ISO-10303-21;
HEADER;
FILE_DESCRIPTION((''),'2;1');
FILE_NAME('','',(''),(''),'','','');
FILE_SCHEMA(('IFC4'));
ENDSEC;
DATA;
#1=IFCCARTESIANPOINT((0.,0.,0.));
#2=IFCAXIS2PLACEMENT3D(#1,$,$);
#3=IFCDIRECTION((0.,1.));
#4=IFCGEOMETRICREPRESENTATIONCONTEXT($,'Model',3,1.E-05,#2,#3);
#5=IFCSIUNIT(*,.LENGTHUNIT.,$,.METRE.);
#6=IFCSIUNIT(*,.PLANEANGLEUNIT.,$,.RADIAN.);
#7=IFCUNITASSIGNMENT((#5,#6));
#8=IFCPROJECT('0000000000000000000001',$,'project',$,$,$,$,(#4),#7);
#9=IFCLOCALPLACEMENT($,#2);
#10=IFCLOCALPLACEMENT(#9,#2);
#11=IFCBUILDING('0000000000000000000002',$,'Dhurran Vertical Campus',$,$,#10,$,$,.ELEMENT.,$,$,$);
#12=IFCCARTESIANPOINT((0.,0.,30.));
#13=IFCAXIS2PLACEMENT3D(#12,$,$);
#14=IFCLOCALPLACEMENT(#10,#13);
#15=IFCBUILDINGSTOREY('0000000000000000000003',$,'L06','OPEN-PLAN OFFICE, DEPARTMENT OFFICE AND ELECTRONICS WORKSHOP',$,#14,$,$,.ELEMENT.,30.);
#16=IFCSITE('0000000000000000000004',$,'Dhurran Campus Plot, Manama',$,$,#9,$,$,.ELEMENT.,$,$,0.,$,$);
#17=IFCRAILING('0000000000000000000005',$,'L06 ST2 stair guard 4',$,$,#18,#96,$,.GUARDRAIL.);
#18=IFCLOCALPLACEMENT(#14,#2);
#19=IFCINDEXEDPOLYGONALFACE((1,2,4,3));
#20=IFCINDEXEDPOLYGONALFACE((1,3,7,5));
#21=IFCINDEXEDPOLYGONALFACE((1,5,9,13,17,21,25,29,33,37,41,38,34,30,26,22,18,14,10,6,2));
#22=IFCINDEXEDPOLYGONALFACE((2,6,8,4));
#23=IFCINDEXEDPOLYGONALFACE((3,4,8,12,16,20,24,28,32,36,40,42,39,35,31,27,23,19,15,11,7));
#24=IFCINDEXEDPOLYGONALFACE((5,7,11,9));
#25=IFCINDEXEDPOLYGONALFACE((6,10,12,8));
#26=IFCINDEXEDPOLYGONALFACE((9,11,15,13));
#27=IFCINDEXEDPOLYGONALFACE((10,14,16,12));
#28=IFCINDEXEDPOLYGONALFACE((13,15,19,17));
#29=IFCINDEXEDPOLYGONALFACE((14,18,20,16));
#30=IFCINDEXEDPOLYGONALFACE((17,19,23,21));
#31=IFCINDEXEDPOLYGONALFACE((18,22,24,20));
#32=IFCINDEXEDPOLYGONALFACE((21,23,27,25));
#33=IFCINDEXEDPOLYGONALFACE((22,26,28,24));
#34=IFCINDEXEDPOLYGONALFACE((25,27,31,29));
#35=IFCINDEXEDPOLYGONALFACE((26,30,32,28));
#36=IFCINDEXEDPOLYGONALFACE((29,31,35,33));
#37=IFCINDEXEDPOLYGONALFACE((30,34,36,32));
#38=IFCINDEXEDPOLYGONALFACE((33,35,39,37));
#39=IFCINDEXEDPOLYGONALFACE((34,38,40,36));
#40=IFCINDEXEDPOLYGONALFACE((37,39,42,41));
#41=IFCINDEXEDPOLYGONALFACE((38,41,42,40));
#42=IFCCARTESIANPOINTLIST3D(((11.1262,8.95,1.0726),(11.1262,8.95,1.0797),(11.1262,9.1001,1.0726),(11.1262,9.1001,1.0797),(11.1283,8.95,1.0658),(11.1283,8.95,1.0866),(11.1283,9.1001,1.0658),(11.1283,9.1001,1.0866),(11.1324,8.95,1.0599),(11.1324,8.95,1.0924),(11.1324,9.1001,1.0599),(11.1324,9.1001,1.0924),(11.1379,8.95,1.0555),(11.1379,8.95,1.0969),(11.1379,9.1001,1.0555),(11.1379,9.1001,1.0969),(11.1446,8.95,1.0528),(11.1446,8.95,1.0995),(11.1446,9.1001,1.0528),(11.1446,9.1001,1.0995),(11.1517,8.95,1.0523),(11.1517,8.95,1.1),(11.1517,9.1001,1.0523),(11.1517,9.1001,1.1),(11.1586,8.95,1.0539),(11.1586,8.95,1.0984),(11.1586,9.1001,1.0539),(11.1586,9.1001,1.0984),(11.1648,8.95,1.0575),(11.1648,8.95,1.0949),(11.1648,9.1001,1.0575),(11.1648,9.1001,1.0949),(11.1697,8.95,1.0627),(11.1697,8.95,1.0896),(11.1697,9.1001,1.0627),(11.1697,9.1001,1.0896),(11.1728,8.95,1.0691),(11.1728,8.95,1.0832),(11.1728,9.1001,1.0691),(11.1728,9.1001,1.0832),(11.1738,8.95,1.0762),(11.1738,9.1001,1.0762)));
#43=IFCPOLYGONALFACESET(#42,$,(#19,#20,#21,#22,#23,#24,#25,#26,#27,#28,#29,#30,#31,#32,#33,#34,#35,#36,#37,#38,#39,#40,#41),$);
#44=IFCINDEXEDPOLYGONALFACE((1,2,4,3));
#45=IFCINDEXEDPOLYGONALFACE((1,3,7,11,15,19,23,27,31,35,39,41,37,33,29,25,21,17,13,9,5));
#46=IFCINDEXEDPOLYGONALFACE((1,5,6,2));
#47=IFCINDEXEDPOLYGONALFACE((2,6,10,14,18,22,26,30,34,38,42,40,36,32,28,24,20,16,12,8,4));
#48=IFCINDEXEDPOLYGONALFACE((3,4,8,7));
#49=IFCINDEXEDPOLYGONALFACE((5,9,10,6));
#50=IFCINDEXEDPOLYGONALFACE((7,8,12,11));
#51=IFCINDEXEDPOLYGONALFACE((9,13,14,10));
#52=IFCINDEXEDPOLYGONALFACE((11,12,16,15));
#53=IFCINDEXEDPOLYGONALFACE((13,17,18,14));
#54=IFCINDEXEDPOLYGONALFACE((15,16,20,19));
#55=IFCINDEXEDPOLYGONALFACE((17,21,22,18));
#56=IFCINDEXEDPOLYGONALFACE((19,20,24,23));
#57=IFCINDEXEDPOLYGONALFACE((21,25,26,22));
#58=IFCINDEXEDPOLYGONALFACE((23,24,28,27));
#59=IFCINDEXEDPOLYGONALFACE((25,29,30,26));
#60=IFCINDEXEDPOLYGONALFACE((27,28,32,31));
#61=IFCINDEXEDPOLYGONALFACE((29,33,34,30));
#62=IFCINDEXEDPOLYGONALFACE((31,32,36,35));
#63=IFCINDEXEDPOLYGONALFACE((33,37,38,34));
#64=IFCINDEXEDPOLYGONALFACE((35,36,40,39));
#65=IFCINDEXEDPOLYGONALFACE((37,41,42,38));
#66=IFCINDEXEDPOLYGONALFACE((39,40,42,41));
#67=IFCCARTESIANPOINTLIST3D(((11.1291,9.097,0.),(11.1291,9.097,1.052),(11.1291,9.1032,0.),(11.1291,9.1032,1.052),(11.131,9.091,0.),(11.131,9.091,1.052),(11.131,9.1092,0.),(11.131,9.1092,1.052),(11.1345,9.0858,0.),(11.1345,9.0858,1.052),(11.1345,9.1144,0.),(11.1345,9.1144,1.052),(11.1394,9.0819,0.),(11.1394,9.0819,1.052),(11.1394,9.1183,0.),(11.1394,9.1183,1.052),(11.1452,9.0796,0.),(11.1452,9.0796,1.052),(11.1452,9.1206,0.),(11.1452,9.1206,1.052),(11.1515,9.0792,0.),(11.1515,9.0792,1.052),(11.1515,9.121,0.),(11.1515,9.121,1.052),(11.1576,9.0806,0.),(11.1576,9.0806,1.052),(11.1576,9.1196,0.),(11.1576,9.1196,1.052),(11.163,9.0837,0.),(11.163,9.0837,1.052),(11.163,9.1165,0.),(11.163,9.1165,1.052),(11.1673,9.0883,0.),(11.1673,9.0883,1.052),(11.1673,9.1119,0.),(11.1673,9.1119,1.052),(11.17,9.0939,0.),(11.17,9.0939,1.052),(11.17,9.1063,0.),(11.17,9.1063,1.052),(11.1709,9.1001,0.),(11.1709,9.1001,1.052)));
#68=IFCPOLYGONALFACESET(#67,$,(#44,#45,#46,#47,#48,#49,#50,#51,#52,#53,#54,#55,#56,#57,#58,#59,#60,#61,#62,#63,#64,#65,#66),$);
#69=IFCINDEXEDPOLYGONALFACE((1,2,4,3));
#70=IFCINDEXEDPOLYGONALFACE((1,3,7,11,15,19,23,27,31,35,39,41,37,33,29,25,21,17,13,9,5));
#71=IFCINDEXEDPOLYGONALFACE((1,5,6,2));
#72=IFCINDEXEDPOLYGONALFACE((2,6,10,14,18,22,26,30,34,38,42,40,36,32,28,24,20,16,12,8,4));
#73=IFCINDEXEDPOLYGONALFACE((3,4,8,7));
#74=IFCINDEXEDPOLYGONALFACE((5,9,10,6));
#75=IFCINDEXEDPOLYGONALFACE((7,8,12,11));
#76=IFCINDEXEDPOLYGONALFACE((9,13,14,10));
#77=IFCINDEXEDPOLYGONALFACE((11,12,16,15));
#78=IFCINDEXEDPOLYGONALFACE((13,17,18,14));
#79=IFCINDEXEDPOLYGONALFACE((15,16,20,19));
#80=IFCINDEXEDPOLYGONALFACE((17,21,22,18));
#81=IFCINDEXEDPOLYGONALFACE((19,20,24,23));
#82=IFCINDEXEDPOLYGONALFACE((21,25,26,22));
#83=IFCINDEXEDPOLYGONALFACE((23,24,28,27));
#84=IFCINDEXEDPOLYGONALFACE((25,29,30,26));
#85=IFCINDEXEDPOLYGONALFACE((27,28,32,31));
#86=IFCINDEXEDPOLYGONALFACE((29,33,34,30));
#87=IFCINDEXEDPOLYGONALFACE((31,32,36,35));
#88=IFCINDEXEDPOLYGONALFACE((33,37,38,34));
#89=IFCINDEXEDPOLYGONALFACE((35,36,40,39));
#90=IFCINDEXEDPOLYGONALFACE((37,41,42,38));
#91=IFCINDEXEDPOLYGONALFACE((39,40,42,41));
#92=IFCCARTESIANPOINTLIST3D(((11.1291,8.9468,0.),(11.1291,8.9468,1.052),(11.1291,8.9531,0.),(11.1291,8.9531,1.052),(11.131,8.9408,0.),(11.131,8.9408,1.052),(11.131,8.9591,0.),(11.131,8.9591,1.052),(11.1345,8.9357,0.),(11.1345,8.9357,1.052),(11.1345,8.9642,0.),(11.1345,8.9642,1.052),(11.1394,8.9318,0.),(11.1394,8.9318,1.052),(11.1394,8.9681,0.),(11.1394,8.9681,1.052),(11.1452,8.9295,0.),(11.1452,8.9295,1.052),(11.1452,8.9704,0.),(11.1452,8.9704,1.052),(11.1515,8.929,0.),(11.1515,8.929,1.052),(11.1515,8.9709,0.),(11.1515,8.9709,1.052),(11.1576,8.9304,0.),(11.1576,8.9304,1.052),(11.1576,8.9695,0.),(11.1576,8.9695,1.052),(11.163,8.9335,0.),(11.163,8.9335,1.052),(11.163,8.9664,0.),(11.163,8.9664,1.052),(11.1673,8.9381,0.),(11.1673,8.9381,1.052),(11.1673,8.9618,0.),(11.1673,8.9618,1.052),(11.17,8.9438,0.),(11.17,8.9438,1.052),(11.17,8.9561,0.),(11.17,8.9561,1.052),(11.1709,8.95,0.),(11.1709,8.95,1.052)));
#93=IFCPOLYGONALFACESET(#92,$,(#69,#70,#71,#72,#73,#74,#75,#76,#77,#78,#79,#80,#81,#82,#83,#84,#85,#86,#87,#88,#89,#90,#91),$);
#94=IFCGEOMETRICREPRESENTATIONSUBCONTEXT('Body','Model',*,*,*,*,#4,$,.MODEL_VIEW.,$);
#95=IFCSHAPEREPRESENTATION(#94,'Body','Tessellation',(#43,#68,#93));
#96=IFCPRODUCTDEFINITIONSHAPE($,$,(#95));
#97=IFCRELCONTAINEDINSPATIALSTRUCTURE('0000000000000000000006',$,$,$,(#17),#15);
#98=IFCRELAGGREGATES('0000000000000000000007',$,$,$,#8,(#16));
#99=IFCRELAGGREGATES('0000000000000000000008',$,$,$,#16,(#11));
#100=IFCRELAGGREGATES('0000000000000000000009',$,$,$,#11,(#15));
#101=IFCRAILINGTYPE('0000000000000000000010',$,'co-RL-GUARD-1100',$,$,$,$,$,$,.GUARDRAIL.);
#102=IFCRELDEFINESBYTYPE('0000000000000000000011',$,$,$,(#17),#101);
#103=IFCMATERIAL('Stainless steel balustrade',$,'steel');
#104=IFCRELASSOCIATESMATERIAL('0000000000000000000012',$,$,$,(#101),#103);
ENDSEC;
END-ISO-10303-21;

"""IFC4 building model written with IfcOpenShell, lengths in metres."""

from ifc_helpers import new_model, si_unit, direction, frame, origin, origin_2d, place, context, subcontext, project, spatial, circle, extrude, material, type_object, element, save


model = new_model("IFC4")

# Units and contexts
model_context = context("Model", 3, precision=1e-05, world=origin(), true_north=direction((0.0, 1.0)))
body_context = subcontext(model_context, "Body", "Model", "MODEL_VIEW")
ifc_project = project(units=[si_unit("LENGTHUNIT", "METRE"), si_unit("PLANEANGLEUNIT", "RADIAN")], contexts=[model_context])

# Site, building, storey
site_placement = place(None, origin())
site = spatial("IfcSite", under=ifc_project, at=site_placement, Name="Dhurran Campus Plot, Manama", CompositionType="ELEMENT", RefElevation=0.0)
building_placement = place(site_placement, origin())
building = spatial("IfcBuilding", under=site, at=building_placement, Name="Dhurran Vertical Campus", CompositionType="ELEMENT")
storey_placement = place(building_placement, frame((0.0, 0.0, 30.0)))
storey = spatial("IfcBuildingStorey", under=building, at=storey_placement, Name="L06", Description="OPEN-PLAN OFFICE, DEPARTMENT OFFICE AND ELECTRONICS WORKSHOP", CompositionType="ELEMENT", Elevation=30.0)

# Railing
ifc_material_1 = material(Name="Stainless steel balustrade", Category="steel")
railing_type_1 = type_object("IfcRailingType", Name="co-RL-GUARD-1100", PredefinedType="GUARDRAIL", material=ifc_material_1)
railing_1_placement = place(storey_placement, frame((11.1499, 9.1001, 0.0)))
element("IfcRailing", 1, at=railing_1_placement, inside=storey, type_object=railing_type_1, Name="L06 ST2 stair guard 4", PredefinedType="GUARDRAIL", context=body_context, shape_type="SweptSolid", body=[
    extrude(circle(Radius=0.0239, at=origin_2d()), frame((0.0, 0.0, 1.0762), z_axis=(0.0, -1.0, 0.0), x_axis=(1.0, 0.0, 0.0)), (0.0, 0.0, 1.0), 0.1501),
    extrude(circle(Radius=0.021, at=origin_2d()), origin(), (0.0, 0.0, 1.0), 1.052),
    extrude(circle(Radius=0.021, at=origin_2d()), frame((0.0, -0.1501, 0.0)), (0.0, 0.0, 1.0), 1.052),
])

save(model, "model.ifc")
